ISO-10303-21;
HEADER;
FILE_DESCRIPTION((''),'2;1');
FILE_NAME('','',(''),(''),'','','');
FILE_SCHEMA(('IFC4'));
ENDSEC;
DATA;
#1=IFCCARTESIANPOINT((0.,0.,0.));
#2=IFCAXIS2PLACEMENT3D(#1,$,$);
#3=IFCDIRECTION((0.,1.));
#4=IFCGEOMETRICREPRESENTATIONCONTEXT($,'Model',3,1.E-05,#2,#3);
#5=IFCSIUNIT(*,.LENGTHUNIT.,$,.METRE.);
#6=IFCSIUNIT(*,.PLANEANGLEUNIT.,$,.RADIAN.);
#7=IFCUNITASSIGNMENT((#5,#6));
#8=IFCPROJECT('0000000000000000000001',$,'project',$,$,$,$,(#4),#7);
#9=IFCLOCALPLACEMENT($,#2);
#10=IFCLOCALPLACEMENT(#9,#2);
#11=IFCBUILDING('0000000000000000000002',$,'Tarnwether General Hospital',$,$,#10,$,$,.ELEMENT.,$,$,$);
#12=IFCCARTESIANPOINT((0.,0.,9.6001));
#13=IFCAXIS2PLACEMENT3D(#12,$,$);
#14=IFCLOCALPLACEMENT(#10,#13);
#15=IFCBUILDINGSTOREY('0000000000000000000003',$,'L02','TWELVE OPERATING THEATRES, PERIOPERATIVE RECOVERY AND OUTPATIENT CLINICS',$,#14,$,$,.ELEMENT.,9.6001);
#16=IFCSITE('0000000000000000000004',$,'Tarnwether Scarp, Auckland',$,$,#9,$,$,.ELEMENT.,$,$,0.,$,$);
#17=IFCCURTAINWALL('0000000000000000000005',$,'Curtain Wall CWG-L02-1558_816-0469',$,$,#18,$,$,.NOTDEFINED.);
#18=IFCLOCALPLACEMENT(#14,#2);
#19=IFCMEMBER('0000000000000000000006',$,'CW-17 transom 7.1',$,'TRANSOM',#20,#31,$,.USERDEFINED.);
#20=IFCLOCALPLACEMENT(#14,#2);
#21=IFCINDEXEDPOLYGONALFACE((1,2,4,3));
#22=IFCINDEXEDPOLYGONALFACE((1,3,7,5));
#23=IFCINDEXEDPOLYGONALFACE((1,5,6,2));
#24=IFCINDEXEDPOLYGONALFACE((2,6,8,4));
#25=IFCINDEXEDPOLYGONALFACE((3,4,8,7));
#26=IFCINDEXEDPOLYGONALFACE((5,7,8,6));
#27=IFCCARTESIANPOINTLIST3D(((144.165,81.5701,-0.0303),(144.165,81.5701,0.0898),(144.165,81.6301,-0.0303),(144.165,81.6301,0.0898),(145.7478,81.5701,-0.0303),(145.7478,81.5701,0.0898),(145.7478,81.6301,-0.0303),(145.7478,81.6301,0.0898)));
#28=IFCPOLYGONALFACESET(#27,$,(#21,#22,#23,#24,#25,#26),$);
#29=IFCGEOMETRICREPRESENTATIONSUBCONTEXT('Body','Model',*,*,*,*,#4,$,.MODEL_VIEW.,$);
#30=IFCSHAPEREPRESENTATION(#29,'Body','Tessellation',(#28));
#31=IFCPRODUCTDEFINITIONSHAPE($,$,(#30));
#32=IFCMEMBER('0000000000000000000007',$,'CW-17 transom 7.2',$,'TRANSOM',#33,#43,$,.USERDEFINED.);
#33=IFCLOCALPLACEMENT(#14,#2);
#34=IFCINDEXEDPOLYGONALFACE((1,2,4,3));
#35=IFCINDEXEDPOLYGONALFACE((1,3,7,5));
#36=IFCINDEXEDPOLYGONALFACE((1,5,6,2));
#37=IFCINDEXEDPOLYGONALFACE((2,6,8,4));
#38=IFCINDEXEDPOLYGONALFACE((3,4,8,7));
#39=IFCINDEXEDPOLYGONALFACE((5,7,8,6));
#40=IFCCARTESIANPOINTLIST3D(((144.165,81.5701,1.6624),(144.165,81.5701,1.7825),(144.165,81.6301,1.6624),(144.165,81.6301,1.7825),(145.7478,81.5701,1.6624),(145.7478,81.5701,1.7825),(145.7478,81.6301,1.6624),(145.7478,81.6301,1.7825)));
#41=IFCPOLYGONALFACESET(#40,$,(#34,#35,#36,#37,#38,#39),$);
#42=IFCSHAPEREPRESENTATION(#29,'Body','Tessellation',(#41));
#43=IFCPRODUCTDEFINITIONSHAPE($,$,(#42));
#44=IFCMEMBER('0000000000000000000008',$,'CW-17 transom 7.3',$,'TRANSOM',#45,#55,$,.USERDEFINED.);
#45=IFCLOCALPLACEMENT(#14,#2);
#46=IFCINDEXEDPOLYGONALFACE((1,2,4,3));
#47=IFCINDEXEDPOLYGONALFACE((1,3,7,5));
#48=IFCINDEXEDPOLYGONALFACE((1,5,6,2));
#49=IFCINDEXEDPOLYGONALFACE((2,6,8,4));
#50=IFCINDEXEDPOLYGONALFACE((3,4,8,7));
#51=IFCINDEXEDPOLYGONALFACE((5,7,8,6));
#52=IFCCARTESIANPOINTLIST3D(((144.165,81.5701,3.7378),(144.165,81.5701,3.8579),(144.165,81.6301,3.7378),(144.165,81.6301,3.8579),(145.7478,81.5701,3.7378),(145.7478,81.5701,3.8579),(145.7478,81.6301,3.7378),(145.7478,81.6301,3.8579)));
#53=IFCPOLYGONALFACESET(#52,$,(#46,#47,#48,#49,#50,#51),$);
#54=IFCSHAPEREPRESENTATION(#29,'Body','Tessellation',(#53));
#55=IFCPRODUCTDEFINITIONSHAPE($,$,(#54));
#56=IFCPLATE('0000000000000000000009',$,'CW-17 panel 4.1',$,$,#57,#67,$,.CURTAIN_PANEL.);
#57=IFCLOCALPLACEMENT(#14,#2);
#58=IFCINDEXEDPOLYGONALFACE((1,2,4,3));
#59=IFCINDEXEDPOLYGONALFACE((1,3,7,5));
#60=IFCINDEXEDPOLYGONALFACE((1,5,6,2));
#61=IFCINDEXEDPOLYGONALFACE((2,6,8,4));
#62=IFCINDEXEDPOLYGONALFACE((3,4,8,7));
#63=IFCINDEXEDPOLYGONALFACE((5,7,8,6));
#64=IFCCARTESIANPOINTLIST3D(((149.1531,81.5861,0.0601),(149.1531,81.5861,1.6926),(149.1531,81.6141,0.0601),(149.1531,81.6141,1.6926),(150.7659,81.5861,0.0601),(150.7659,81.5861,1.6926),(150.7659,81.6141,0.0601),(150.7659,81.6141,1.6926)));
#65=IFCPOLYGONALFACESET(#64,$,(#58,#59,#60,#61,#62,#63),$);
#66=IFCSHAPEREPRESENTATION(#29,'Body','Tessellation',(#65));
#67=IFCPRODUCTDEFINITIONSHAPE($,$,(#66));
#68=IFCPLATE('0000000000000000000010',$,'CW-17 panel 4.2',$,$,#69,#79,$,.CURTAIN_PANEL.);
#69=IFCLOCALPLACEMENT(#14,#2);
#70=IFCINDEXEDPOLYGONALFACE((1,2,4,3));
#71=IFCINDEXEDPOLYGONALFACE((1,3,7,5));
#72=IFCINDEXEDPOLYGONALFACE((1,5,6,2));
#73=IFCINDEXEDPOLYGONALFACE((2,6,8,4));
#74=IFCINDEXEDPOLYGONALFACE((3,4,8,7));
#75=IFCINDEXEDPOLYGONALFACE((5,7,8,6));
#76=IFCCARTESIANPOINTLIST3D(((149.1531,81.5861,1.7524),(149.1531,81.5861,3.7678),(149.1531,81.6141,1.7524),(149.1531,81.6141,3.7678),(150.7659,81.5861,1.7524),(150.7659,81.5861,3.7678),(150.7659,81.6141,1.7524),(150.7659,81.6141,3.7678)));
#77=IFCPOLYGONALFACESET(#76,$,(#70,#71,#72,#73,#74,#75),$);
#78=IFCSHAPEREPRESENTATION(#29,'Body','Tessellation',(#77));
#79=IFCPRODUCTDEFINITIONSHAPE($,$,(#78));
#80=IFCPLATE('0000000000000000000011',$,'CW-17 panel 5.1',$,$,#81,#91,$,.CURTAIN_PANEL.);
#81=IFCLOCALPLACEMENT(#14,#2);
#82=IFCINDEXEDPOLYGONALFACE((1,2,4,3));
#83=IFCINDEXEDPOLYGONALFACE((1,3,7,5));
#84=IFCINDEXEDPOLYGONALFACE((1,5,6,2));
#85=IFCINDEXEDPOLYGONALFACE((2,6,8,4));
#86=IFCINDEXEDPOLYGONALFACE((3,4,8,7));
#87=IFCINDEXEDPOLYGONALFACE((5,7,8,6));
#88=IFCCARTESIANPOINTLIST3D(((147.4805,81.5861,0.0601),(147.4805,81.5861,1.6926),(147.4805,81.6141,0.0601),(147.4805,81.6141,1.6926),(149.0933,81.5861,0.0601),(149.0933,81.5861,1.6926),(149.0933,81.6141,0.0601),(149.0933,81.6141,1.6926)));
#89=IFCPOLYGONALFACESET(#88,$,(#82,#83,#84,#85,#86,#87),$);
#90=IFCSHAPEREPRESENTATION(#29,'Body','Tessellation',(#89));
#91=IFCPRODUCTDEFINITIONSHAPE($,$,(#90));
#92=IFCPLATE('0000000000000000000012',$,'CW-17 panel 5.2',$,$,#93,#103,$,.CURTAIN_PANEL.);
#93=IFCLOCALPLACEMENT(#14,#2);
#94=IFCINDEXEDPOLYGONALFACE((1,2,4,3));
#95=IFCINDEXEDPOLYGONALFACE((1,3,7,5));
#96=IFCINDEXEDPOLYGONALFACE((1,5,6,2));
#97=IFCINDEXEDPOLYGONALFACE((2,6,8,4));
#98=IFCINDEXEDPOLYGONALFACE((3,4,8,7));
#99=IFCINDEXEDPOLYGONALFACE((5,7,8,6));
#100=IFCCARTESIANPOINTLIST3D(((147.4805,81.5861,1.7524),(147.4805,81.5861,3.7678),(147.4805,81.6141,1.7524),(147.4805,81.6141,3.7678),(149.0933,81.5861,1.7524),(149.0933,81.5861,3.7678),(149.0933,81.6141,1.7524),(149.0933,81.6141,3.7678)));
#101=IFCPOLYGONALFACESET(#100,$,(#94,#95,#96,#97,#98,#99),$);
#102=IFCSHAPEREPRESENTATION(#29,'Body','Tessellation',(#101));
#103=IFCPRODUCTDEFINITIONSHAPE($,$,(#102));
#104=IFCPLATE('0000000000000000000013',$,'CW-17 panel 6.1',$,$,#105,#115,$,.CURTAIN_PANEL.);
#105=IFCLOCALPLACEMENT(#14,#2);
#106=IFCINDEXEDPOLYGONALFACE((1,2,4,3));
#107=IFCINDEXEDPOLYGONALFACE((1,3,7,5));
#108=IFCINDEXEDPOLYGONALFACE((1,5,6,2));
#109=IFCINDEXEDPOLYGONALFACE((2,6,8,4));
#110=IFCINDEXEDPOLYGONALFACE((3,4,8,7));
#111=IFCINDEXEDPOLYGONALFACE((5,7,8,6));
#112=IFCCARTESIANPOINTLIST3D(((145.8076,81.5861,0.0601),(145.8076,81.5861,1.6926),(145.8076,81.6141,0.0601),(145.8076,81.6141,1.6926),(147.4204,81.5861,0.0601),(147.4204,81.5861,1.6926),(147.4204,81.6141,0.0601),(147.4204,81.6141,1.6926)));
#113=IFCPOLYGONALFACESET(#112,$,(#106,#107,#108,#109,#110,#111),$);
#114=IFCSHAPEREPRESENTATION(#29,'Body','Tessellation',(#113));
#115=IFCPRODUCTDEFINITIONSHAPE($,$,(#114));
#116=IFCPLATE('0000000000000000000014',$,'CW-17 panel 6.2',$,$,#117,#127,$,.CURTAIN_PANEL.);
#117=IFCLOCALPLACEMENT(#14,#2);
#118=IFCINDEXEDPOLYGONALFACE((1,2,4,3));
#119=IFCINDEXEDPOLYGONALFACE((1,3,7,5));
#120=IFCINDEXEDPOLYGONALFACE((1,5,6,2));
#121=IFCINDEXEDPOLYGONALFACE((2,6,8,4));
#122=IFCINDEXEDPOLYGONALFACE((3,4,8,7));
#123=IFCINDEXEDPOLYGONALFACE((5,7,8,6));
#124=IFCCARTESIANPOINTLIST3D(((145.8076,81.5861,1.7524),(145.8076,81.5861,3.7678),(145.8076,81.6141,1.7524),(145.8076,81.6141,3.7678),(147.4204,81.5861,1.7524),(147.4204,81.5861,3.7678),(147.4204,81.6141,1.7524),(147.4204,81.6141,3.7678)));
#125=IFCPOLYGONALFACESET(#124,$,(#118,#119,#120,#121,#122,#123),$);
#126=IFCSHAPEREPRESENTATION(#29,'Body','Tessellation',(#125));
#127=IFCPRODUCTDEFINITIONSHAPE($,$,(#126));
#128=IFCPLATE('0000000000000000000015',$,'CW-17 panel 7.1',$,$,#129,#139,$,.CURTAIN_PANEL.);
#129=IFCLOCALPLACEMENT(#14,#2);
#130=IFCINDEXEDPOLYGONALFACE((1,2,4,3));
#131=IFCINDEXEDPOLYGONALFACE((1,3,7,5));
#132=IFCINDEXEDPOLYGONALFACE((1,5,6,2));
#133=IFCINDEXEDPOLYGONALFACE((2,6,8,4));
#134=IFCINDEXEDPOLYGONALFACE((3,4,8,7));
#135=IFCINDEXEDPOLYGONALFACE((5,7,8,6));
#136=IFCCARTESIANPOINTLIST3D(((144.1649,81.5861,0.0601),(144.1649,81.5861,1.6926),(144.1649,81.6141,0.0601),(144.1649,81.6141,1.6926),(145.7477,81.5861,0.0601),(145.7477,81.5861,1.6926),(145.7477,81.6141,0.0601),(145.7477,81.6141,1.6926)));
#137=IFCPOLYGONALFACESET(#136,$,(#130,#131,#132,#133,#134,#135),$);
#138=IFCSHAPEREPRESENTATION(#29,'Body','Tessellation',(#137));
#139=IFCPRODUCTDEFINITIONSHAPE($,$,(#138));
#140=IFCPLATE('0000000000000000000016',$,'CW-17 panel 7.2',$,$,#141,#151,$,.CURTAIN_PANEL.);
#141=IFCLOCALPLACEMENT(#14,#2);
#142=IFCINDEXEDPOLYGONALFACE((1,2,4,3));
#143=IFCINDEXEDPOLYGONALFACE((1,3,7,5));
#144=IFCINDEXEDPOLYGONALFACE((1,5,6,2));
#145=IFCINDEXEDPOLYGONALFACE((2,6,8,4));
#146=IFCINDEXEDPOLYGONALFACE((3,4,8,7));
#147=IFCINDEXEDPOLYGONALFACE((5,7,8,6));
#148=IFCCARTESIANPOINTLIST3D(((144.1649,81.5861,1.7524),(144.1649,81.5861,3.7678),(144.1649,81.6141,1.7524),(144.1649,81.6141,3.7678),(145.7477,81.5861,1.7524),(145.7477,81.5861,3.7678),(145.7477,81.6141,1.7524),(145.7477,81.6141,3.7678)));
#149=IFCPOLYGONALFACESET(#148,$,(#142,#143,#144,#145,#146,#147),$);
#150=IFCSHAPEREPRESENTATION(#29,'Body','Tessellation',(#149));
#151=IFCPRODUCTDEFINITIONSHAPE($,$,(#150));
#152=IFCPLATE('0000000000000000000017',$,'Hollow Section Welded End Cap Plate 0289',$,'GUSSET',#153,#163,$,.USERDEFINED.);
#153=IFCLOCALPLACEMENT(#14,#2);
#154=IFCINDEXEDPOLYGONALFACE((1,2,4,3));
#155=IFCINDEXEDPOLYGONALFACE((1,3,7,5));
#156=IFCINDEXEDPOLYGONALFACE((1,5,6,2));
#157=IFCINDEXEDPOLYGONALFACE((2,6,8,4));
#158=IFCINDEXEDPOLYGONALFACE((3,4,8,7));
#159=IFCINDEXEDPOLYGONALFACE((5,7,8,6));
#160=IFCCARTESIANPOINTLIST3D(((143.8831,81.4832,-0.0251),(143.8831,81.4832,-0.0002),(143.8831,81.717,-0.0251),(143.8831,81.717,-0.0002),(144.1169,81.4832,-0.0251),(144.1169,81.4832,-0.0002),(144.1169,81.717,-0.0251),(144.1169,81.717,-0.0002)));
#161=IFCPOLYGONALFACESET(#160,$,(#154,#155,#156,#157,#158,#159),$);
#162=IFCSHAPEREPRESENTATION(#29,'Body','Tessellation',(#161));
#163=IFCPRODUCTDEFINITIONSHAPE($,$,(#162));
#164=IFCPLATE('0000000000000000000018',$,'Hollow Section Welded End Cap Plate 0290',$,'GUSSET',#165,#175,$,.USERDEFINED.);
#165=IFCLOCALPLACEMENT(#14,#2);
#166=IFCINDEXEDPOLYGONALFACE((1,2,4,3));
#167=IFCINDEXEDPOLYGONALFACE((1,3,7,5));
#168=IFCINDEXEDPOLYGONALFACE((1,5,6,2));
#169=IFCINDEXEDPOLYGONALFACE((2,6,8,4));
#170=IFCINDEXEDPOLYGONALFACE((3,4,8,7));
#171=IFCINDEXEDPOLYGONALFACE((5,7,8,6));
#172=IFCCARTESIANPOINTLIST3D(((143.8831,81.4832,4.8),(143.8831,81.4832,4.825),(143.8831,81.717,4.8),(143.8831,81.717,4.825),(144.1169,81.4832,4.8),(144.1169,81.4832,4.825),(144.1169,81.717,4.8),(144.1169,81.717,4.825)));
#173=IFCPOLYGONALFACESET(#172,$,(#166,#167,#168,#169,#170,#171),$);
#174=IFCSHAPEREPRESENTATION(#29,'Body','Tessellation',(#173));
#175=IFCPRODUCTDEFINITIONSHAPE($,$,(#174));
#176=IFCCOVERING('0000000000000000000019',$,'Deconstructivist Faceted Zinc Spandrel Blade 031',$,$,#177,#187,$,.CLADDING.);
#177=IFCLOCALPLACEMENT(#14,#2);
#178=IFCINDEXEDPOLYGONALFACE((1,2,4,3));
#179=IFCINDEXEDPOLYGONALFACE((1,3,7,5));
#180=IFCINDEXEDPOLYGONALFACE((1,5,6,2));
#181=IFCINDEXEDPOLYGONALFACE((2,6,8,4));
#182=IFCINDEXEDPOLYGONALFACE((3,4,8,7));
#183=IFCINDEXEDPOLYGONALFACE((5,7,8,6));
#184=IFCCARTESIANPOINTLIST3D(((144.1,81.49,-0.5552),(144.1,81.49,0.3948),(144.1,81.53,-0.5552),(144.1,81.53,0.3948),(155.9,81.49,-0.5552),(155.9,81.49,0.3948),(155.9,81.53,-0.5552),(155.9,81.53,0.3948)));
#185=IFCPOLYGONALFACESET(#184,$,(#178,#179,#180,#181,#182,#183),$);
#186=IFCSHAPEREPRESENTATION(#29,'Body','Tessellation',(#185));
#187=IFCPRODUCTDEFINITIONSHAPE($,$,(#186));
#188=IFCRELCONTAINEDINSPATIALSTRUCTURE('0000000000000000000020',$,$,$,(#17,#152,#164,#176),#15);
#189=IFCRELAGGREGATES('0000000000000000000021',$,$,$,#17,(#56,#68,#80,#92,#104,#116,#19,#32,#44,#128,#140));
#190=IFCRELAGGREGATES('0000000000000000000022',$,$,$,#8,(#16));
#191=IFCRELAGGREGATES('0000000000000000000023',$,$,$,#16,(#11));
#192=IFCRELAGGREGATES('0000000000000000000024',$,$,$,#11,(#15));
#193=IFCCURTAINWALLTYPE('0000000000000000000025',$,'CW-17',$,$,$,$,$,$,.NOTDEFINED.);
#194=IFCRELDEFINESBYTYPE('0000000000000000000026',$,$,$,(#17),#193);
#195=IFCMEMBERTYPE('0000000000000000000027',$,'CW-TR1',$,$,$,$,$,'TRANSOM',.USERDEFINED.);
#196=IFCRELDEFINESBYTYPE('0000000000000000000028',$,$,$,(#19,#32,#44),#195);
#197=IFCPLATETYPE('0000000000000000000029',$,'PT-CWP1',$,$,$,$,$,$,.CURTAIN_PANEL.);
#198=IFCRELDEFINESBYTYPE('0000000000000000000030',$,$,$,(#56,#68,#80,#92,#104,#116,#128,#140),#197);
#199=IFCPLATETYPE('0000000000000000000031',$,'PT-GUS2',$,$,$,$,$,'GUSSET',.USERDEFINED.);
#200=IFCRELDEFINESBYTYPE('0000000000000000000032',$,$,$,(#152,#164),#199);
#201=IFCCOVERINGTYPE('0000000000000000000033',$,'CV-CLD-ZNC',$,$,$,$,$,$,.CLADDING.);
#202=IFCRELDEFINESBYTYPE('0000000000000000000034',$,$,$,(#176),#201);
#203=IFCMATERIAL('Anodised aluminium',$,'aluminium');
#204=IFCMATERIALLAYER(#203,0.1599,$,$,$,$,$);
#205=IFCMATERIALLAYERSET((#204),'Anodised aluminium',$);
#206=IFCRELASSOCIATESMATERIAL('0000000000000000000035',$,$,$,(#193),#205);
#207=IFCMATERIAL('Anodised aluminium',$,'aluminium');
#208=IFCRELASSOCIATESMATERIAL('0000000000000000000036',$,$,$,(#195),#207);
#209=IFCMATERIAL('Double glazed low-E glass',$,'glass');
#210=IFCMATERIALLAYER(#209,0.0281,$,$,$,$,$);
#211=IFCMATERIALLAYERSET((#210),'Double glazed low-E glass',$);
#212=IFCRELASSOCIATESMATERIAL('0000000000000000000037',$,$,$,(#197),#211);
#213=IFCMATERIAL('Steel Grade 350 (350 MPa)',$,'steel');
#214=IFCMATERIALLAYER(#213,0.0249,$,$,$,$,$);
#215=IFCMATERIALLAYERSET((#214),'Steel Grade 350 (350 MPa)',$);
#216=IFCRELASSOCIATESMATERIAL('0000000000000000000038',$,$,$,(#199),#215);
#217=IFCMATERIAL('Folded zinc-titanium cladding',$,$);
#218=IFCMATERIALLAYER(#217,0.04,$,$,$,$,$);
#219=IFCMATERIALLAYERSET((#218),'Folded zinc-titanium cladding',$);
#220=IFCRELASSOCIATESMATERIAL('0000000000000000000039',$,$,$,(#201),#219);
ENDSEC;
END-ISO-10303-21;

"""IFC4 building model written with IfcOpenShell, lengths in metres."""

from ifc_helpers import new_model, si_unit, direction, frame, origin, origin_2d, place, context, subcontext, project, spatial, rectangle, extrude, material, layer, layer_set, material_profile, profile_set, type_object, element, aggregate, save


model = new_model("IFC4")

# Units and contexts
model_context = context("Model", 3, precision=1e-05, world=origin(), true_north=direction((0.0, 1.0)))
body_context = subcontext(model_context, "Body", "Model", "MODEL_VIEW")
ifc_project = project(units=[si_unit("LENGTHUNIT", "METRE"), si_unit("PLANEANGLEUNIT", "RADIAN")], contexts=[model_context])

# Site, building, storey
site_placement = place(None, origin())
site = spatial("IfcSite", under=ifc_project, at=site_placement, Name="Tarnwether Scarp, Auckland", CompositionType="ELEMENT", RefElevation=0.0)
building_placement = place(site_placement, origin())
building = spatial("IfcBuilding", under=site, at=building_placement, Name="Tarnwether General Hospital", CompositionType="ELEMENT")
storey_placement = place(building_placement, frame((0.0, 0.0, 9.6001)))
storey = spatial("IfcBuildingStorey", under=building, at=storey_placement, Name="L02", Description="TWELVE OPERATING THEATRES, PERIOPERATIVE RECOVERY AND OUTPATIENT CLINICS", CompositionType="ELEMENT", Elevation=9.6001)

# Curtain wall, members, plates
ifc_material_1 = material(Name="Anodised aluminium", Category="aluminium")
ifc_layer_1 = layer(ifc_material_1, 0.1599)
ifc_layer_set_1 = layer_set([ifc_layer_1], Name="Anodised aluminium")
curtain_wall_type = type_object("IfcCurtainWallType", Name="CW-17", PredefinedType="NOTDEFINED", material=ifc_layer_set_1)
curtain_wall_placement = place(storey_placement, origin())
curtain_wall = element("IfcCurtainWall", 1, at=curtain_wall_placement, inside=storey, type_object=curtain_wall_type, Name="Curtain Wall CWG-L02-1558_816-0469", PredefinedType="NOTDEFINED")
ifc_material_2 = material(Name="Anodised aluminium", Category="aluminium")
ifc_material_profile_1 = material_profile(ifc_material_2, rectangle(XDim=0.0601, YDim=0.1201, at=origin_2d()), Name="ALU-TRN-60x120")
ifc_profile_set_1 = profile_set([ifc_material_profile_1], Name="Anodised aluminium")
member_type_1 = type_object("IfcMemberType", Name="CW-TR1", ElementType="TRANSOM", PredefinedType="USERDEFINED", material=ifc_profile_set_1)
member_1_placement = place(storey_placement, frame((145.7478, 81.6001, 0.0298), z_axis=(-1.0, 0.0, 0.0), x_axis=(0.0, -1.0, 0.0)))
member_1 = element("IfcMember", 2, at=member_1_placement, type_object=member_type_1, Name="CW-17 transom 7.1", ObjectType="TRANSOM", PredefinedType="USERDEFINED", context=body_context, shape_type="SweptSolid", body=[
    extrude(rectangle(XDim=0.0601, YDim=0.1201, at=origin_2d()), origin(), (0.0, 0.0, 1.0), 1.5828),
])
member_2_placement = place(storey_placement, frame((145.7478, 81.6001, 1.7224), z_axis=(-1.0, 0.0, 0.0), x_axis=(0.0, -1.0, 0.0)))
member_2 = element("IfcMember", 3, at=member_2_placement, type_object=member_type_1, Name="CW-17 transom 7.2", ObjectType="TRANSOM", PredefinedType="USERDEFINED", context=body_context, shape_type="SweptSolid", body=[
    extrude(rectangle(XDim=0.0601, YDim=0.1201, at=origin_2d()), origin(), (0.0, 0.0, 1.0), 1.5828),
])
member_3_placement = place(storey_placement, frame((145.7478, 81.6001, 3.7979), z_axis=(-1.0, 0.0, 0.0), x_axis=(0.0, -1.0, 0.0)))
member_3 = element("IfcMember", 4, at=member_3_placement, type_object=member_type_1, Name="CW-17 transom 7.3", ObjectType="TRANSOM", PredefinedType="USERDEFINED", context=body_context, shape_type="SweptSolid", body=[
    extrude(rectangle(XDim=0.0601, YDim=0.1201, at=origin_2d()), origin(), (0.0, 0.0, 1.0), 1.5828),
])
ifc_material_3 = material(Name="Double glazed low-E glass", Category="glass")
ifc_layer_2 = layer(ifc_material_3, 0.0281)
ifc_layer_set_2 = layer_set([ifc_layer_2], Name="Double glazed low-E glass")
plate_type_1 = type_object("IfcPlateType", Name="PT-CWP1", PredefinedType="CURTAIN_PANEL", material=ifc_layer_set_2)
plate_1_placement = place(storey_placement, frame((149.9595, 81.6001, 0.0601), z_axis=(0.0, 0.0, 1.0), x_axis=(-1.0, 0.0, 0.0)))
plate_1 = element("IfcPlate", 5, at=plate_1_placement, type_object=plate_type_1, Name="CW-17 panel 4.1", PredefinedType="CURTAIN_PANEL", context=body_context, shape_type="SweptSolid", body=[
    extrude(rectangle(XDim=1.6128, YDim=0.0281, at=origin_2d()), origin(), (0.0, 0.0, 1.0), 1.6326),
])
plate_2_placement = place(storey_placement, frame((149.9595, 81.6001, 1.7524), z_axis=(0.0, 0.0, 1.0), x_axis=(-1.0, 0.0, 0.0)))
plate_2 = element("IfcPlate", 6, at=plate_2_placement, type_object=plate_type_1, Name="CW-17 panel 4.2", PredefinedType="CURTAIN_PANEL", context=body_context, shape_type="SweptSolid", body=[
    extrude(rectangle(XDim=1.6128, YDim=0.0281, at=origin_2d()), origin(), (0.0, 0.0, 1.0), 2.0154),
])
plate_3_placement = place(storey_placement, frame((148.2869, 81.6001, 0.0601), z_axis=(0.0, 0.0, 1.0), x_axis=(-1.0, 0.0, 0.0)))
plate_3 = element("IfcPlate", 7, at=plate_3_placement, type_object=plate_type_1, Name="CW-17 panel 5.1", PredefinedType="CURTAIN_PANEL", context=body_context, shape_type="SweptSolid", body=[
    extrude(rectangle(XDim=1.6128, YDim=0.0281, at=origin_2d()), origin(), (0.0, 0.0, 1.0), 1.6326),
])
plate_4_placement = place(storey_placement, frame((148.2869, 81.6001, 1.7524), z_axis=(0.0, 0.0, 1.0), x_axis=(-1.0, 0.0, 0.0)))
plate_4 = element("IfcPlate", 8, at=plate_4_placement, type_object=plate_type_1, Name="CW-17 panel 5.2", PredefinedType="CURTAIN_PANEL", context=body_context, shape_type="SweptSolid", body=[
    extrude(rectangle(XDim=1.6128, YDim=0.0281, at=origin_2d()), origin(), (0.0, 0.0, 1.0), 2.0154),
])
plate_5_placement = place(storey_placement, frame((146.614, 81.6001, 0.0601), z_axis=(0.0, 0.0, 1.0), x_axis=(-1.0, 0.0, 0.0)))
plate_5 = element("IfcPlate", 9, at=plate_5_placement, type_object=plate_type_1, Name="CW-17 panel 6.1", PredefinedType="CURTAIN_PANEL", context=body_context, shape_type="SweptSolid", body=[
    extrude(rectangle(XDim=1.6128, YDim=0.0281, at=origin_2d()), origin(), (0.0, 0.0, 1.0), 1.6326),
])
plate_6_placement = place(storey_placement, frame((146.614, 81.6001, 1.7524), z_axis=(0.0, 0.0, 1.0), x_axis=(-1.0, 0.0, 0.0)))
plate_6 = element("IfcPlate", 10, at=plate_6_placement, type_object=plate_type_1, Name="CW-17 panel 6.2", PredefinedType="CURTAIN_PANEL", context=body_context, shape_type="SweptSolid", body=[
    extrude(rectangle(XDim=1.6128, YDim=0.0281, at=origin_2d()), origin(), (0.0, 0.0, 1.0), 2.0154),
])
plate_7_placement = place(storey_placement, frame((144.9563, 81.6001, 0.0601), z_axis=(0.0, 0.0, 1.0), x_axis=(-1.0, 0.0, 0.0)))
plate_7 = element("IfcPlate", 11, at=plate_7_placement, type_object=plate_type_1, Name="CW-17 panel 7.1", PredefinedType="CURTAIN_PANEL", context=body_context, shape_type="SweptSolid", body=[
    extrude(rectangle(XDim=1.5828, YDim=0.0281, at=origin_2d()), origin(), (0.0, 0.0, 1.0), 1.6326),
])
plate_8_placement = place(storey_placement, frame((144.9563, 81.6001, 1.7524), z_axis=(0.0, 0.0, 1.0), x_axis=(-1.0, 0.0, 0.0)))
plate_8 = element("IfcPlate", 12, at=plate_8_placement, type_object=plate_type_1, Name="CW-17 panel 7.2", PredefinedType="CURTAIN_PANEL", context=body_context, shape_type="SweptSolid", body=[
    extrude(rectangle(XDim=1.5828, YDim=0.0281, at=origin_2d()), origin(), (0.0, 0.0, 1.0), 2.0154),
])
aggregate(curtain_wall, [plate_1, plate_2, plate_3, plate_4, plate_5, plate_6, member_1, member_2, member_3, plate_7, plate_8])

# Plates
ifc_material_4 = material(Name="Steel Grade 350 (350 MPa)", Category="steel")
ifc_layer_3 = layer(ifc_material_4, 0.0249)
ifc_layer_set_3 = layer_set([ifc_layer_3], Name="Steel Grade 350 (350 MPa)")
plate_type_2 = type_object("IfcPlateType", Name="PT-GUS2", ElementType="GUSSET", PredefinedType="USERDEFINED", material=ifc_layer_set_3)
for number, where, z_axis, x_axis, name in (
    (13, (144.0, 81.6001, -0.0251), (0.0, 0.0, 1.0), (1.0, 0.0, 0.0), "Hollow Section Welded End Cap Plate 0289"),
    (14, (144.0, 81.6001, 4.8), (0.0, 0.0, 1.0), (1.0, 0.0, 0.0), "Hollow Section Welded End Cap Plate 0290"),
):
    element("IfcPlate", number, at=place(storey_placement, frame(where, z_axis=z_axis, x_axis=x_axis)), inside=storey, type_object=plate_type_2, Name=name, ObjectType="GUSSET", PredefinedType="USERDEFINED", context=body_context, shape_type="SweptSolid", body=[
        extrude(rectangle(XDim=0.2339, YDim=0.2339, at=origin_2d()), origin(), (0.0, 0.0, 1.0), 0.0249),
    ])

# Covering
ifc_material_5 = material(Name="Folded zinc-titanium cladding")
ifc_layer_4 = layer(ifc_material_5, 0.04)
ifc_layer_set_4 = layer_set([ifc_layer_4], Name="Folded zinc-titanium cladding")
covering_type = type_object("IfcCoveringType", Name="CV-CLD-ZNC", PredefinedType="CLADDING", material=ifc_layer_set_4)
covering_placement = place(storey_placement, frame((150.0, 81.51, -0.5552), z_axis=(0.0, 0.0, 1.0), x_axis=(1.0, 0.0, 0.0)))
element("IfcCovering", 15, at=covering_placement, inside=storey, type_object=covering_type, Name="Deconstructivist Faceted Zinc Spandrel Blade 031", PredefinedType="CLADDING", context=body_context, shape_type="SweptSolid", body=[
    extrude(rectangle(XDim=11.8, YDim=0.04, at=origin_2d()), origin(), (0.0, 0.0, 1.0), 0.95),
])

save(model, "model.ifc")
